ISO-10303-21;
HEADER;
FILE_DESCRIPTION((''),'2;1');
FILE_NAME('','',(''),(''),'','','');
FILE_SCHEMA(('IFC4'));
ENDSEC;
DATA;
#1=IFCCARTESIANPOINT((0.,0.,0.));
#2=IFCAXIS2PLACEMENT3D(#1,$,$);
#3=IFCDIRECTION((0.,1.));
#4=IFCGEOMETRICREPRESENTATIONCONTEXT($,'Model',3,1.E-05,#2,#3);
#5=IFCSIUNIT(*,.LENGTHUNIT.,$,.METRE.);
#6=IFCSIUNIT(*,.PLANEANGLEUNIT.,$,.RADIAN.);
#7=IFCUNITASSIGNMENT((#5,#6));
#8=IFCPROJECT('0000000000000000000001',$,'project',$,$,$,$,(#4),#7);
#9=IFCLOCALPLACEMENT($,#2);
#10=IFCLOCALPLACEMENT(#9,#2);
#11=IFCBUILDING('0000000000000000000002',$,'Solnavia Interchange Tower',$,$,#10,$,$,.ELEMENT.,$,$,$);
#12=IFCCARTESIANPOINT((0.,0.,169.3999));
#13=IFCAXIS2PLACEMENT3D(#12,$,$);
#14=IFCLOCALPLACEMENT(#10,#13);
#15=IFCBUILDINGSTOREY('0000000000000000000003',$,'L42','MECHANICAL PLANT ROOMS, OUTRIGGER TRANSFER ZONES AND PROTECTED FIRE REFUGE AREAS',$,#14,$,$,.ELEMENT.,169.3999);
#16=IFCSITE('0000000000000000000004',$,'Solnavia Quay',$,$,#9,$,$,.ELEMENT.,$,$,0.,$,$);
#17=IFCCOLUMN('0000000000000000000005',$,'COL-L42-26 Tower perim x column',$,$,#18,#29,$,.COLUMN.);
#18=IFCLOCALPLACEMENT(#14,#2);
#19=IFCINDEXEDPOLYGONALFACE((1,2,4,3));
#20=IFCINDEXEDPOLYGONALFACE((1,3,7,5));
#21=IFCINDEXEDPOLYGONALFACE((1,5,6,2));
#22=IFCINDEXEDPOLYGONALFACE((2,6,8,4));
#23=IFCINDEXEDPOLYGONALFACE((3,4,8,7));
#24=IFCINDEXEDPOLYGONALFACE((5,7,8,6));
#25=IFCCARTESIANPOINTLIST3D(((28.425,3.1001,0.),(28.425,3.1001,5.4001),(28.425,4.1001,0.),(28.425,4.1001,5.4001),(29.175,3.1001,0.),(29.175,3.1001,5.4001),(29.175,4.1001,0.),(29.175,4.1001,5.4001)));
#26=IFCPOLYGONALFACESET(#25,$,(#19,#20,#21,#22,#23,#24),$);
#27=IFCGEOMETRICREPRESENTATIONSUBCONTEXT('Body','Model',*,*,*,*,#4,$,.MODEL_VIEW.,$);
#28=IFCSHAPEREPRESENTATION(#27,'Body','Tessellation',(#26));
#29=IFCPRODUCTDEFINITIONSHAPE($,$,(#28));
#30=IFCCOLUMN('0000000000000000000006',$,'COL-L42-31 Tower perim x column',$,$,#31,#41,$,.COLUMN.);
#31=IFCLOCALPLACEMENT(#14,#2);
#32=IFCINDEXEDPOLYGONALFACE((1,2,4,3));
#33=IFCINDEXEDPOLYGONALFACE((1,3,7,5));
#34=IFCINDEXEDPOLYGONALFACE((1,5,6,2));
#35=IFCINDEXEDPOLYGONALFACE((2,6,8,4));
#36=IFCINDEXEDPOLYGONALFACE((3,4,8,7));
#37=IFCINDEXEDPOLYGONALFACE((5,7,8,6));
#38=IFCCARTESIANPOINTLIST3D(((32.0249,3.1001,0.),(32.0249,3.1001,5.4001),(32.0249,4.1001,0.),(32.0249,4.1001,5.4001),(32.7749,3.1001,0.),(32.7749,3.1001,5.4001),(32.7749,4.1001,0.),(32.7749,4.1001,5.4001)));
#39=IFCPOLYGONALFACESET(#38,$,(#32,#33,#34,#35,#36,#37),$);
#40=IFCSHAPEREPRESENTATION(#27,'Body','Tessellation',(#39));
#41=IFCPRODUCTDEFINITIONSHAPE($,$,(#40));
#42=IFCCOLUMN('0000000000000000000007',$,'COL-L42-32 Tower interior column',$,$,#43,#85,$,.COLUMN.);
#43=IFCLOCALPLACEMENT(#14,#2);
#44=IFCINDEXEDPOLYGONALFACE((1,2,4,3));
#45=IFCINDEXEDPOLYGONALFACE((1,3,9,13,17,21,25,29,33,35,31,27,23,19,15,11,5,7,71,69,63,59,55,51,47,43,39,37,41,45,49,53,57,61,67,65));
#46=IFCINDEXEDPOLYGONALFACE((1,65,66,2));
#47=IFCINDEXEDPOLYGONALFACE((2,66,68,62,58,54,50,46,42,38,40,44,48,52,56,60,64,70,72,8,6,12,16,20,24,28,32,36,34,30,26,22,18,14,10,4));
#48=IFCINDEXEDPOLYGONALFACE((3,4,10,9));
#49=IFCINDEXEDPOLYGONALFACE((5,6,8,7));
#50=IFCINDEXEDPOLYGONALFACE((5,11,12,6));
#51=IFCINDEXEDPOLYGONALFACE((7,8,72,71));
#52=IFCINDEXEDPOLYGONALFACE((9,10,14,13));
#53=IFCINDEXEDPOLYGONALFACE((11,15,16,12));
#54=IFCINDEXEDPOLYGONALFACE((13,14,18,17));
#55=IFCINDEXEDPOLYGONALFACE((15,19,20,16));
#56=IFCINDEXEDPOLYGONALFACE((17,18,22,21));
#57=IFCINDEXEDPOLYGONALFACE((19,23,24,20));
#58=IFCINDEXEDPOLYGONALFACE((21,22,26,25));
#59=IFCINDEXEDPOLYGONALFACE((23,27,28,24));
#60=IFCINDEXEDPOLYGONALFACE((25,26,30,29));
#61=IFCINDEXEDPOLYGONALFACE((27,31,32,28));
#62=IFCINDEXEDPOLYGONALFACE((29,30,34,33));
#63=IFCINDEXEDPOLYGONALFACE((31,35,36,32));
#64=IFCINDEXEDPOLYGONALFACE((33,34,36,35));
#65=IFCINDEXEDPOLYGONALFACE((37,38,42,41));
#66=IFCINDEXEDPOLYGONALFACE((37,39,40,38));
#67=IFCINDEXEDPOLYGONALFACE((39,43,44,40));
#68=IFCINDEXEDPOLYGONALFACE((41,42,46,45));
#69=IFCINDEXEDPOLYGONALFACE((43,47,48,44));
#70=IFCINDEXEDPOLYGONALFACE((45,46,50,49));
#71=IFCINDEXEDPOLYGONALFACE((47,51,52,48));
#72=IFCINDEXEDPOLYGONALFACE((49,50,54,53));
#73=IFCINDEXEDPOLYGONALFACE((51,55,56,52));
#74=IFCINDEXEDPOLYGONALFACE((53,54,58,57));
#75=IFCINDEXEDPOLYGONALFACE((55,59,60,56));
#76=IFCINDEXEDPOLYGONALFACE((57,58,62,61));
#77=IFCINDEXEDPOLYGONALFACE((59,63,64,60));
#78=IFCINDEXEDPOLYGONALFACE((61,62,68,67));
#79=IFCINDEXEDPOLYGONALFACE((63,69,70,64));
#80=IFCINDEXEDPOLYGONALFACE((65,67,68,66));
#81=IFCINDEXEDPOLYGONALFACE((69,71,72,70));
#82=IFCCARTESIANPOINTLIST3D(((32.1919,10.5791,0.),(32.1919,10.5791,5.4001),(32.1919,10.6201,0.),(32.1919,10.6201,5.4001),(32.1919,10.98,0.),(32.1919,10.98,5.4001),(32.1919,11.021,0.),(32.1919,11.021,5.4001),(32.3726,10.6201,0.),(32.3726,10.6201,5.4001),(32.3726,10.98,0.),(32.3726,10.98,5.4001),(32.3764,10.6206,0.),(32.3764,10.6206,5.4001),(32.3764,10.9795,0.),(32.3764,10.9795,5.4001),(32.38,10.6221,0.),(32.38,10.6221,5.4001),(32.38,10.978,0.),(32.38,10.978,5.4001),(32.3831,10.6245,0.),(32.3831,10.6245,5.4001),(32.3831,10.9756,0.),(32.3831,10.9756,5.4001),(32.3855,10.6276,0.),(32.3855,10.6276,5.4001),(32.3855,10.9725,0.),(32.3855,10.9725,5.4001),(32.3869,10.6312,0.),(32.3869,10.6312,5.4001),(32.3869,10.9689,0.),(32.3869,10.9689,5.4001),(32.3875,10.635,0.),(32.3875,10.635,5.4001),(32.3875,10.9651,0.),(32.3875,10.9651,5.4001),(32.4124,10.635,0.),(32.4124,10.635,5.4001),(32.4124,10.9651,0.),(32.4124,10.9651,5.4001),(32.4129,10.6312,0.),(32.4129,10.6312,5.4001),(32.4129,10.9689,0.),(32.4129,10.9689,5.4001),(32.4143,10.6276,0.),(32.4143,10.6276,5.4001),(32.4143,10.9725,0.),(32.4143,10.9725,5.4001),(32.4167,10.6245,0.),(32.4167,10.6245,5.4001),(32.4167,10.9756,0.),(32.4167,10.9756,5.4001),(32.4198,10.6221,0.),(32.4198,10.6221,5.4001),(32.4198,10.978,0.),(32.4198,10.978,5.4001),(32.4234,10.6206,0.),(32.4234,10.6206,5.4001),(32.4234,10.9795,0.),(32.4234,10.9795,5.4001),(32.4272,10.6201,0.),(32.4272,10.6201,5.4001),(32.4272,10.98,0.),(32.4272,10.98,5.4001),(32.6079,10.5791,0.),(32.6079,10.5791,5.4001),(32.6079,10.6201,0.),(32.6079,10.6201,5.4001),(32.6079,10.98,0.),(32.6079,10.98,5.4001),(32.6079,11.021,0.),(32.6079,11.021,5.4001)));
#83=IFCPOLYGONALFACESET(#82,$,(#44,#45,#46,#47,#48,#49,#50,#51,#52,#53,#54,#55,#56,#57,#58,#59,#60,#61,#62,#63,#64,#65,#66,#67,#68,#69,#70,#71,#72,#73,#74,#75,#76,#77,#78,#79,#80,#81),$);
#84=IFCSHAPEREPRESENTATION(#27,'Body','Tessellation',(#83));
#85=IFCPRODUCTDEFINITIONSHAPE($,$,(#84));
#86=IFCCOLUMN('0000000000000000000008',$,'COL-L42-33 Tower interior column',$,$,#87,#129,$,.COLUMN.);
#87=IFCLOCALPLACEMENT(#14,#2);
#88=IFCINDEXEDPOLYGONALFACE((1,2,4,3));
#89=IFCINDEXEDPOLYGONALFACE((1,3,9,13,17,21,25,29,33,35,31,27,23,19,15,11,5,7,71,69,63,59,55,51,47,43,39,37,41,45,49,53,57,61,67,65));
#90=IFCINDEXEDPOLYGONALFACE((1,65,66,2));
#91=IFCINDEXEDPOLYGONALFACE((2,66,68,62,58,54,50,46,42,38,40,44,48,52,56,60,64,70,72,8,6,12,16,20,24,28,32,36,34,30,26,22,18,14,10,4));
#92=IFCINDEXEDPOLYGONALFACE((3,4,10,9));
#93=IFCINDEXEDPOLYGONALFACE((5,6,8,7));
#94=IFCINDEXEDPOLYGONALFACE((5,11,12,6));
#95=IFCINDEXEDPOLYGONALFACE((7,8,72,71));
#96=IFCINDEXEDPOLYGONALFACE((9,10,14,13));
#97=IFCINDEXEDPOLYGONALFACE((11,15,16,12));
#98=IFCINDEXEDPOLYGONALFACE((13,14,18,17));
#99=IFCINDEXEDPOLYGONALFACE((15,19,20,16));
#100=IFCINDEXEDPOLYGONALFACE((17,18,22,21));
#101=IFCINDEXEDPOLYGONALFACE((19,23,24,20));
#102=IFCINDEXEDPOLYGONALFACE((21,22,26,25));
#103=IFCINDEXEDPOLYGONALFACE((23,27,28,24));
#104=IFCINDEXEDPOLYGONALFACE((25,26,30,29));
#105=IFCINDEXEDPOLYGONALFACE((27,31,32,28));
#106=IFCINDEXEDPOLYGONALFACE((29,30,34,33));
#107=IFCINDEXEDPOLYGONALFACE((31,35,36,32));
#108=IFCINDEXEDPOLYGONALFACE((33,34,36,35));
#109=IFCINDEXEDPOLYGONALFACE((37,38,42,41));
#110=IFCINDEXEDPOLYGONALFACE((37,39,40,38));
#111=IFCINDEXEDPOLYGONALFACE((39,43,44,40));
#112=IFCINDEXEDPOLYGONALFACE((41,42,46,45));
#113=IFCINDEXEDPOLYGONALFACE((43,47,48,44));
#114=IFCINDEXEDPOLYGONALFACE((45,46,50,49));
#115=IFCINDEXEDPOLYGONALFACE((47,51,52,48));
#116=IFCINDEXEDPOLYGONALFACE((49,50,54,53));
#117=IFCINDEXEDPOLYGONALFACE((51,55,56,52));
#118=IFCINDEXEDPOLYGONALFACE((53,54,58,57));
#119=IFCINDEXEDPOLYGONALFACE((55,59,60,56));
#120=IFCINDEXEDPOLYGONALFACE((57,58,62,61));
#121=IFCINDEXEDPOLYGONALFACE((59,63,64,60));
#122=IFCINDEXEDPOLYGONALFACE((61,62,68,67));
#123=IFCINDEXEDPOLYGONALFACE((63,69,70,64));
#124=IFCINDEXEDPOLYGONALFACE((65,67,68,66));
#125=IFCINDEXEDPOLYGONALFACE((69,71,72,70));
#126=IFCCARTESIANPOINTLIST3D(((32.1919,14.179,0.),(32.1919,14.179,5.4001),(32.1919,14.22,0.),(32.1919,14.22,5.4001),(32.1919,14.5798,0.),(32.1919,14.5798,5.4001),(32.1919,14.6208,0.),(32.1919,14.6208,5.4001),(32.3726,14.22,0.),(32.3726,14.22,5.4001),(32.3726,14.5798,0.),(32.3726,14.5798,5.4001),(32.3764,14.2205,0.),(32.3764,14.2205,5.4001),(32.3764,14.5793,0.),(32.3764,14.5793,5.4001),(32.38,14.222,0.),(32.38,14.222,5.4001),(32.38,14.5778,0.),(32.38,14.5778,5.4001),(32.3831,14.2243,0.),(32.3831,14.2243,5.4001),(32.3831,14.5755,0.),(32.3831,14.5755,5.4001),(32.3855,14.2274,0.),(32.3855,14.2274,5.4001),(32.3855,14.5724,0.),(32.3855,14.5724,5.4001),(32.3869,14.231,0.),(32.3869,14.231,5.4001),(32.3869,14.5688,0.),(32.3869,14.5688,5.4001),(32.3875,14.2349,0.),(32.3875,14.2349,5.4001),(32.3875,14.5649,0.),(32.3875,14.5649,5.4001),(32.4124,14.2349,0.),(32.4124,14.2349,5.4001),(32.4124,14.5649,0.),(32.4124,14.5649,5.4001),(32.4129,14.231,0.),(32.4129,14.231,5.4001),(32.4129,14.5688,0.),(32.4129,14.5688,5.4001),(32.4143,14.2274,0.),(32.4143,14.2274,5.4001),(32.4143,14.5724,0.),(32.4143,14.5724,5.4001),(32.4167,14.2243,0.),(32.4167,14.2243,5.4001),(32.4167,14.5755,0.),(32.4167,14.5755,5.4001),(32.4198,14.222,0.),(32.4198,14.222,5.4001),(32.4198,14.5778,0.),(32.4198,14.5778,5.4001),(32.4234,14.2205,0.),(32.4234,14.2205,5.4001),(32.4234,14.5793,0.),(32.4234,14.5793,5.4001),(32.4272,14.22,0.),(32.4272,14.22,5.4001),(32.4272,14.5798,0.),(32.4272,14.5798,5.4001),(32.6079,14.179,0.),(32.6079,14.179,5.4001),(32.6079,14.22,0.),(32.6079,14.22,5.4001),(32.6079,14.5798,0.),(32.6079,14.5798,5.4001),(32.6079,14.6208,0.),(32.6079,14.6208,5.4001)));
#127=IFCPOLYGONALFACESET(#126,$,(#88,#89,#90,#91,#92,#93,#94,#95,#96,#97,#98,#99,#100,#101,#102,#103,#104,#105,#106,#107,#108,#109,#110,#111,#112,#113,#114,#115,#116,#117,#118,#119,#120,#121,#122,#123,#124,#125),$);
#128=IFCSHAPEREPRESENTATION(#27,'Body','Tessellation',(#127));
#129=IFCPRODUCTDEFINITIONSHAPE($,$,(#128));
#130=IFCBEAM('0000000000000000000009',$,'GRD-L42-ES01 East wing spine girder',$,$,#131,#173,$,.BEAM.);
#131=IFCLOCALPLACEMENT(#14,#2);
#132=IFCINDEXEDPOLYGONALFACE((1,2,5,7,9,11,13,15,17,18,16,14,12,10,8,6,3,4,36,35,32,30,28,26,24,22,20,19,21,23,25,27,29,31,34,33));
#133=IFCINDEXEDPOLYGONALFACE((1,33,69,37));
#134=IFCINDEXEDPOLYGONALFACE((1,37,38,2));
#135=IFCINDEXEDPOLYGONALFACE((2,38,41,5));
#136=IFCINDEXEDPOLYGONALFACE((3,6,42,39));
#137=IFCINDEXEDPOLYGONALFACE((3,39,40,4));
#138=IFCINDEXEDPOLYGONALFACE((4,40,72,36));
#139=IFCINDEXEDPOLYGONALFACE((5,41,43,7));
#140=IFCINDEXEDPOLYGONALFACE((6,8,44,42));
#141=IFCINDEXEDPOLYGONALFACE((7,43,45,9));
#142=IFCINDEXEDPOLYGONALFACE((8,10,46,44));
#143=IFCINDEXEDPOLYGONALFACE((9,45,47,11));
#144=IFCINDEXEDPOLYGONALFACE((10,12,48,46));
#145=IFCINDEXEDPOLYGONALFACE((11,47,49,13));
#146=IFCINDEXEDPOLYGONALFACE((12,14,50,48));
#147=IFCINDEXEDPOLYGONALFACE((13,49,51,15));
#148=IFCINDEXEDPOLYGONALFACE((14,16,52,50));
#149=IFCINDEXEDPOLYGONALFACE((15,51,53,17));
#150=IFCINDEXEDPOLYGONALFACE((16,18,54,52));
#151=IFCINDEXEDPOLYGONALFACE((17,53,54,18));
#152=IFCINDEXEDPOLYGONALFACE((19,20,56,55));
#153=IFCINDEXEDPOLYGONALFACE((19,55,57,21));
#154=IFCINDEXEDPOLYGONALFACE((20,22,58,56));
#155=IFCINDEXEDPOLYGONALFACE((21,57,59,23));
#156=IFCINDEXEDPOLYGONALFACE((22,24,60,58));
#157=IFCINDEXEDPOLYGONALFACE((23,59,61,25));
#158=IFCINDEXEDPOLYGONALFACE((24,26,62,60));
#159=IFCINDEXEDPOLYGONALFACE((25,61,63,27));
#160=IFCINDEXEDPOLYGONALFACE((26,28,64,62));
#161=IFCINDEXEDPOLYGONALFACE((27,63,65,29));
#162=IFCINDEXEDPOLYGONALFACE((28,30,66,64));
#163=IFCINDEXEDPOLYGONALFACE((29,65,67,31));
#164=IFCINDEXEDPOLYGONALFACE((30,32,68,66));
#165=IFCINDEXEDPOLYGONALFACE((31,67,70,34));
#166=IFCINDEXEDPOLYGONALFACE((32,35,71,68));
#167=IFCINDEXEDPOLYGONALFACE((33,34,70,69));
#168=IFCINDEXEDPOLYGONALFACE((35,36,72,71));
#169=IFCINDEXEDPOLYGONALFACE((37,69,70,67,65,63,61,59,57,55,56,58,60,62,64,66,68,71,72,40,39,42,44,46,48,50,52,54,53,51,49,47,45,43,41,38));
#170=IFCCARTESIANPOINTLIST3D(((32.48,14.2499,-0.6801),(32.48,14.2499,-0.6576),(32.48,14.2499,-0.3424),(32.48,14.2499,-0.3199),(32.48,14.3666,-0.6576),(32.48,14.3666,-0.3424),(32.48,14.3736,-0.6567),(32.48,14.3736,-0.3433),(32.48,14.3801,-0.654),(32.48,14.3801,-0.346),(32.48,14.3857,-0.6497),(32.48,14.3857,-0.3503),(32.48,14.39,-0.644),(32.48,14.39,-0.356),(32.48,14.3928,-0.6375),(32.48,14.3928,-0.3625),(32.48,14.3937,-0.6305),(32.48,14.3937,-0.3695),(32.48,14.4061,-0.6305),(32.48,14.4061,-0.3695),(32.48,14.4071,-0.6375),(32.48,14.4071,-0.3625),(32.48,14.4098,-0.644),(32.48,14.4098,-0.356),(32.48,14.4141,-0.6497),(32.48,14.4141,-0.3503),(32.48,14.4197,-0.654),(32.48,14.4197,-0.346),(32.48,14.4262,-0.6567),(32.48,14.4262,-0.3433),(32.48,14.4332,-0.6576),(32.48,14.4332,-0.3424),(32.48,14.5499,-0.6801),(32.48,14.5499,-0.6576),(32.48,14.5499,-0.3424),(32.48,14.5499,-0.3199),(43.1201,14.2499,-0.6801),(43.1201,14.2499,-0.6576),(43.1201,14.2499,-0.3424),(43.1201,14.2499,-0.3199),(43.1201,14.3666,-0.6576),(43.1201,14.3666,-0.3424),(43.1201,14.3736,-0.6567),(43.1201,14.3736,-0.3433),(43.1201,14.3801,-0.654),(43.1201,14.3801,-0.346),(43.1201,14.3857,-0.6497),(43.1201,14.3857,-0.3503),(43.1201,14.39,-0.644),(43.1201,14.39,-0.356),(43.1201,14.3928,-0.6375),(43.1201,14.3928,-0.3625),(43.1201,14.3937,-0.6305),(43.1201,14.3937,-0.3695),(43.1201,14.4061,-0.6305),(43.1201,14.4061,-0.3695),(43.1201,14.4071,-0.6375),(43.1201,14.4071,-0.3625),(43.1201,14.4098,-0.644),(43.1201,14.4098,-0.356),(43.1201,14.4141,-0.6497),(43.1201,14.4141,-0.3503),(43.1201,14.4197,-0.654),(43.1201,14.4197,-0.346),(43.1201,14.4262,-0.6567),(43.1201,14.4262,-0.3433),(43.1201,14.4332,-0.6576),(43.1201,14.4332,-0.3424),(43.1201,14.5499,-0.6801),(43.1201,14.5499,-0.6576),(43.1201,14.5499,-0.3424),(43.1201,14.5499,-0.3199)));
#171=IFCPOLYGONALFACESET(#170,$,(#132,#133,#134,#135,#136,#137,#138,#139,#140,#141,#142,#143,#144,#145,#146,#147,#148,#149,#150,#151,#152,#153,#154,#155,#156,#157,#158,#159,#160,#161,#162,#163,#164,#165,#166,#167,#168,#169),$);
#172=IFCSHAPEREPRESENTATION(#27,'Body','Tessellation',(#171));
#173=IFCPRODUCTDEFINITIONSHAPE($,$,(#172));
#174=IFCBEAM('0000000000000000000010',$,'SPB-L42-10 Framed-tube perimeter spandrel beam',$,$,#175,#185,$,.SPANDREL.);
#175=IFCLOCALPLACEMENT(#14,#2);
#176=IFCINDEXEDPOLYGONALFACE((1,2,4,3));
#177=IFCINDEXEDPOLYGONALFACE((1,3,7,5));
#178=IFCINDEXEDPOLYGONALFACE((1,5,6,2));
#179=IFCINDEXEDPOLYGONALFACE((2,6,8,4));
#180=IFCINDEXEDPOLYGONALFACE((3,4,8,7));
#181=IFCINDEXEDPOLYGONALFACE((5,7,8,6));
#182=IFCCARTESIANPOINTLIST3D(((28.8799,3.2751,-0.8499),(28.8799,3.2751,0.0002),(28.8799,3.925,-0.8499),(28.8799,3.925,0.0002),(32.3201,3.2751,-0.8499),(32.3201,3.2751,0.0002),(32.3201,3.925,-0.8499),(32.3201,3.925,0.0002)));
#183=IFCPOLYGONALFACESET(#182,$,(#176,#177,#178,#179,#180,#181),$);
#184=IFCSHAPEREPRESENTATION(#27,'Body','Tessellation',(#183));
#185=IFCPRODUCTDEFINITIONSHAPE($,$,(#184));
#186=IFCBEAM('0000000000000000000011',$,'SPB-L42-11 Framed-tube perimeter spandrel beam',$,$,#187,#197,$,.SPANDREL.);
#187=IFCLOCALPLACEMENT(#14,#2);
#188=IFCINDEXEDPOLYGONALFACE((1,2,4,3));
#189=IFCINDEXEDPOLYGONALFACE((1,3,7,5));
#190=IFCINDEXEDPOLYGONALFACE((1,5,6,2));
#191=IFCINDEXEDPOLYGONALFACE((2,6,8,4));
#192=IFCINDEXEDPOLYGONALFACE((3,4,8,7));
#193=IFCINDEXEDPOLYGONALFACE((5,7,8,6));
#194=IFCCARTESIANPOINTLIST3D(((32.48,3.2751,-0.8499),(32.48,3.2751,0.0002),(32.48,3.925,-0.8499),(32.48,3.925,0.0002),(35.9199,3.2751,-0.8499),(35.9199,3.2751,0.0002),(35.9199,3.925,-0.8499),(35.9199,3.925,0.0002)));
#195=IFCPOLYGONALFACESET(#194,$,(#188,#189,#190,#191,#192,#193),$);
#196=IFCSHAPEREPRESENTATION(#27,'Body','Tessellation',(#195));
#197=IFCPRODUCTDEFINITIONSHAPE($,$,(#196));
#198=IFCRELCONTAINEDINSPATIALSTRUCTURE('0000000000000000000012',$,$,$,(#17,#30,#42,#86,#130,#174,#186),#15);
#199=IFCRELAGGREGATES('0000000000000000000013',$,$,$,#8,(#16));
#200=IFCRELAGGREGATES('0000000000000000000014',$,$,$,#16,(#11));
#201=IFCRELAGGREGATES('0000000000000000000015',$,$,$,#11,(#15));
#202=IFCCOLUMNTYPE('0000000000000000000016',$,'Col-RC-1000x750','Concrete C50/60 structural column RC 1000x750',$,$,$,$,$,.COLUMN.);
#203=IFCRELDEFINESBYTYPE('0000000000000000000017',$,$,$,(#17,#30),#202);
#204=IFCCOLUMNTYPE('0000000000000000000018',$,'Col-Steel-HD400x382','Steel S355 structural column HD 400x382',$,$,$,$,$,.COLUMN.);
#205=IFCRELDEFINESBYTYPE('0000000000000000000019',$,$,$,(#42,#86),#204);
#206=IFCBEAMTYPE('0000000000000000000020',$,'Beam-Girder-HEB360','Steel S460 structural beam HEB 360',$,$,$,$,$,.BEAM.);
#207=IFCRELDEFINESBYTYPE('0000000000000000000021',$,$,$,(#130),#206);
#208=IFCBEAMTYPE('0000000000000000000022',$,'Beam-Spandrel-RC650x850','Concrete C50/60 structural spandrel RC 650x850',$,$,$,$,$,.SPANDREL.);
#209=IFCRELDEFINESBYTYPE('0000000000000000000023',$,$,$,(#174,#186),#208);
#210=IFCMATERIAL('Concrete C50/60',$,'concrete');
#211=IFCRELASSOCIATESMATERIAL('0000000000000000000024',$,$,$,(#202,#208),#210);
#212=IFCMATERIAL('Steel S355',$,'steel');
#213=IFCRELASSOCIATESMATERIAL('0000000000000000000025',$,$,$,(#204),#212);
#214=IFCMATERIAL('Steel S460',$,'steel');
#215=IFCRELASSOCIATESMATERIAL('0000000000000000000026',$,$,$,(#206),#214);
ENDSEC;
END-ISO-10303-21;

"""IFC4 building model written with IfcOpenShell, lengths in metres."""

from ifc_helpers import new_model, si_unit, direction, frame, origin, origin_2d, place, context, subcontext, project, spatial, rectangle, i_section, extrude, material, material_profile, profile_set, type_object, element, save


model = new_model("IFC4")

# Units and contexts
model_context = context("Model", 3, precision=1e-05, world=origin(), true_north=direction((0.0, 1.0)))
body_context = subcontext(model_context, "Body", "Model", "MODEL_VIEW")
ifc_project = project(units=[si_unit("LENGTHUNIT", "METRE"), si_unit("PLANEANGLEUNIT", "RADIAN")], contexts=[model_context])

# Site, building, storey
site_placement = place(None, origin())
site = spatial("IfcSite", under=ifc_project, at=site_placement, Name="Solnavia Quay", CompositionType="ELEMENT", RefElevation=0.0)
building_placement = place(site_placement, origin())
building = spatial("IfcBuilding", under=site, at=building_placement, Name="Solnavia Interchange Tower", CompositionType="ELEMENT")
storey_placement = place(building_placement, frame((0.0, 0.0, 169.3999)))
storey = spatial("IfcBuildingStorey", under=building, at=storey_placement, Name="L42", Description="MECHANICAL PLANT ROOMS, OUTRIGGER TRANSFER ZONES AND PROTECTED FIRE REFUGE AREAS", CompositionType="ELEMENT", Elevation=169.3999)

# Columns
ifc_material_1 = material(Name="Concrete C50/60", Category="concrete")
ifc_material_profile_1 = material_profile(ifc_material_1, rectangle(XDim=0.75, YDim=1.0, at=origin_2d()), Name="RC 1000x750")
ifc_profile_set_1 = profile_set([ifc_material_profile_1], Name="Concrete C50/60")
column_type_1 = type_object("IfcColumnType", Name="Col-RC-1000x750", Description="Concrete C50/60 structural column RC 1000x750", PredefinedType="COLUMN", material=ifc_profile_set_1)
for number, where, z_axis, x_axis, name in (
    (1, (28.8, 3.6001, 0.0), (0.0, 0.0, 1.0), (1.0, 0.0, 0.0), "COL-L42-26 Tower perim x column"),
    (2, (32.3999, 3.6001, 0.0), (0.0, 0.0, 1.0), (1.0, 0.0, 0.0), "COL-L42-31 Tower perim x column"),
):
    element("IfcColumn", number, at=place(storey_placement, frame(where, z_axis=z_axis, x_axis=x_axis)), inside=storey, type_object=column_type_1, Name=name, PredefinedType="COLUMN", context=body_context, shape_type="SweptSolid", body=[
        extrude(rectangle(XDim=0.75, YDim=1.0, at=origin_2d()), origin(), (0.0, 0.0, 1.0), 5.4001),
    ])
ifc_material_2 = material(Name="Steel S355", Category="steel")
ifc_material_profile_2 = material_profile(ifc_material_2, i_section(OverallWidth=0.416, OverallDepth=0.4419, WebThickness=0.0249, FlangeThickness=0.041, FilletRadius=0.0149, at=origin_2d()), Name="HD 400x382")
ifc_profile_set_2 = profile_set([ifc_material_profile_2], Name="Steel S355")
column_type_2 = type_object("IfcColumnType", Name="Col-Steel-HD400x382", Description="Steel S355 structural column HD 400x382", PredefinedType="COLUMN", material=ifc_profile_set_2)
for number, where, z_axis, x_axis, name in (
    (3, (32.3999, 10.8, 0.0), (0.0, 0.0, 1.0), (1.0, 0.0, 0.0), "COL-L42-32 Tower interior column"),
    (4, (32.3999, 14.3999, 0.0), (0.0, 0.0, 1.0), (1.0, 0.0, 0.0), "COL-L42-33 Tower interior column"),
):
    element("IfcColumn", number, at=place(storey_placement, frame(where, z_axis=z_axis, x_axis=x_axis)), inside=storey, type_object=column_type_2, Name=name, PredefinedType="COLUMN", context=body_context, shape_type="SweptSolid", body=[
        extrude(i_section(OverallWidth=0.416, OverallDepth=0.4419, WebThickness=0.0249, FlangeThickness=0.041, FilletRadius=0.0149, at=origin_2d()), origin(), (0.0, 0.0, 1.0), 5.4001),
    ])

# Beams
ifc_material_3 = material(Name="Steel S460", Category="steel")
ifc_material_profile_3 = material_profile(ifc_material_3, i_section(OverallWidth=0.3, OverallDepth=0.3601, WebThickness=0.0125, FlangeThickness=0.0225, FilletRadius=0.0271, at=origin_2d()), Name="HEB 360")
ifc_profile_set_3 = profile_set([ifc_material_profile_3], Name="Steel S460")
beam_type_1 = type_object("IfcBeamType", Name="Beam-Girder-HEB360", Description="Steel S460 structural beam HEB 360", PredefinedType="BEAM", material=ifc_profile_set_3)
beam_1_placement = place(storey_placement, frame((32.48, 14.3999, -0.5), z_axis=(1.0, 0.0, 0.0), x_axis=(0.0, 1.0, 0.0)))
element("IfcBeam", 5, at=beam_1_placement, inside=storey, type_object=beam_type_1, Name="GRD-L42-ES01 East wing spine girder", PredefinedType="BEAM", context=body_context, shape_type="SweptSolid", body=[
    extrude(i_section(OverallWidth=0.3, OverallDepth=0.3601, WebThickness=0.0125, FlangeThickness=0.0225, FilletRadius=0.0271, at=origin_2d()), origin(), (0.0, 0.0, 1.0), 10.6401),
])
ifc_material_profile_4 = material_profile(ifc_material_1, rectangle(XDim=0.6499, YDim=0.8501, at=origin_2d()), Name="RC 650x850")
ifc_profile_set_4 = profile_set([ifc_material_profile_4], Name="Concrete C50/60")
beam_type_2 = type_object("IfcBeamType", Name="Beam-Spandrel-RC650x850", Description="Concrete C50/60 structural spandrel RC 650x850", PredefinedType="SPANDREL", material=ifc_profile_set_4)
beam_2_placement = place(storey_placement, frame((28.8799, 3.6001, -0.4248), z_axis=(1.0, 0.0, 0.0), x_axis=(0.0, 1.0, 0.0)))
element("IfcBeam", 6, at=beam_2_placement, inside=storey, type_object=beam_type_2, Name="SPB-L42-10 Framed-tube perimeter spandrel beam", PredefinedType="SPANDREL", context=body_context, shape_type="SweptSolid", body=[
    extrude(rectangle(XDim=0.6499, YDim=0.8501, at=origin_2d()), origin(), (0.0, 0.0, 1.0), 3.4402),
])
beam_3_placement = place(storey_placement, frame((32.48, 3.6001, -0.4248), z_axis=(1.0, 0.0, 0.0), x_axis=(0.0, 1.0, 0.0)))
element("IfcBeam", 7, at=beam_3_placement, inside=storey, type_object=beam_type_2, Name="SPB-L42-11 Framed-tube perimeter spandrel beam", PredefinedType="SPANDREL", context=body_context, shape_type="SweptSolid", body=[
    extrude(rectangle(XDim=0.6499, YDim=0.8501, at=origin_2d()), origin(), (0.0, 0.0, 1.0), 3.4399),
])

save(model, "model.ifc")
